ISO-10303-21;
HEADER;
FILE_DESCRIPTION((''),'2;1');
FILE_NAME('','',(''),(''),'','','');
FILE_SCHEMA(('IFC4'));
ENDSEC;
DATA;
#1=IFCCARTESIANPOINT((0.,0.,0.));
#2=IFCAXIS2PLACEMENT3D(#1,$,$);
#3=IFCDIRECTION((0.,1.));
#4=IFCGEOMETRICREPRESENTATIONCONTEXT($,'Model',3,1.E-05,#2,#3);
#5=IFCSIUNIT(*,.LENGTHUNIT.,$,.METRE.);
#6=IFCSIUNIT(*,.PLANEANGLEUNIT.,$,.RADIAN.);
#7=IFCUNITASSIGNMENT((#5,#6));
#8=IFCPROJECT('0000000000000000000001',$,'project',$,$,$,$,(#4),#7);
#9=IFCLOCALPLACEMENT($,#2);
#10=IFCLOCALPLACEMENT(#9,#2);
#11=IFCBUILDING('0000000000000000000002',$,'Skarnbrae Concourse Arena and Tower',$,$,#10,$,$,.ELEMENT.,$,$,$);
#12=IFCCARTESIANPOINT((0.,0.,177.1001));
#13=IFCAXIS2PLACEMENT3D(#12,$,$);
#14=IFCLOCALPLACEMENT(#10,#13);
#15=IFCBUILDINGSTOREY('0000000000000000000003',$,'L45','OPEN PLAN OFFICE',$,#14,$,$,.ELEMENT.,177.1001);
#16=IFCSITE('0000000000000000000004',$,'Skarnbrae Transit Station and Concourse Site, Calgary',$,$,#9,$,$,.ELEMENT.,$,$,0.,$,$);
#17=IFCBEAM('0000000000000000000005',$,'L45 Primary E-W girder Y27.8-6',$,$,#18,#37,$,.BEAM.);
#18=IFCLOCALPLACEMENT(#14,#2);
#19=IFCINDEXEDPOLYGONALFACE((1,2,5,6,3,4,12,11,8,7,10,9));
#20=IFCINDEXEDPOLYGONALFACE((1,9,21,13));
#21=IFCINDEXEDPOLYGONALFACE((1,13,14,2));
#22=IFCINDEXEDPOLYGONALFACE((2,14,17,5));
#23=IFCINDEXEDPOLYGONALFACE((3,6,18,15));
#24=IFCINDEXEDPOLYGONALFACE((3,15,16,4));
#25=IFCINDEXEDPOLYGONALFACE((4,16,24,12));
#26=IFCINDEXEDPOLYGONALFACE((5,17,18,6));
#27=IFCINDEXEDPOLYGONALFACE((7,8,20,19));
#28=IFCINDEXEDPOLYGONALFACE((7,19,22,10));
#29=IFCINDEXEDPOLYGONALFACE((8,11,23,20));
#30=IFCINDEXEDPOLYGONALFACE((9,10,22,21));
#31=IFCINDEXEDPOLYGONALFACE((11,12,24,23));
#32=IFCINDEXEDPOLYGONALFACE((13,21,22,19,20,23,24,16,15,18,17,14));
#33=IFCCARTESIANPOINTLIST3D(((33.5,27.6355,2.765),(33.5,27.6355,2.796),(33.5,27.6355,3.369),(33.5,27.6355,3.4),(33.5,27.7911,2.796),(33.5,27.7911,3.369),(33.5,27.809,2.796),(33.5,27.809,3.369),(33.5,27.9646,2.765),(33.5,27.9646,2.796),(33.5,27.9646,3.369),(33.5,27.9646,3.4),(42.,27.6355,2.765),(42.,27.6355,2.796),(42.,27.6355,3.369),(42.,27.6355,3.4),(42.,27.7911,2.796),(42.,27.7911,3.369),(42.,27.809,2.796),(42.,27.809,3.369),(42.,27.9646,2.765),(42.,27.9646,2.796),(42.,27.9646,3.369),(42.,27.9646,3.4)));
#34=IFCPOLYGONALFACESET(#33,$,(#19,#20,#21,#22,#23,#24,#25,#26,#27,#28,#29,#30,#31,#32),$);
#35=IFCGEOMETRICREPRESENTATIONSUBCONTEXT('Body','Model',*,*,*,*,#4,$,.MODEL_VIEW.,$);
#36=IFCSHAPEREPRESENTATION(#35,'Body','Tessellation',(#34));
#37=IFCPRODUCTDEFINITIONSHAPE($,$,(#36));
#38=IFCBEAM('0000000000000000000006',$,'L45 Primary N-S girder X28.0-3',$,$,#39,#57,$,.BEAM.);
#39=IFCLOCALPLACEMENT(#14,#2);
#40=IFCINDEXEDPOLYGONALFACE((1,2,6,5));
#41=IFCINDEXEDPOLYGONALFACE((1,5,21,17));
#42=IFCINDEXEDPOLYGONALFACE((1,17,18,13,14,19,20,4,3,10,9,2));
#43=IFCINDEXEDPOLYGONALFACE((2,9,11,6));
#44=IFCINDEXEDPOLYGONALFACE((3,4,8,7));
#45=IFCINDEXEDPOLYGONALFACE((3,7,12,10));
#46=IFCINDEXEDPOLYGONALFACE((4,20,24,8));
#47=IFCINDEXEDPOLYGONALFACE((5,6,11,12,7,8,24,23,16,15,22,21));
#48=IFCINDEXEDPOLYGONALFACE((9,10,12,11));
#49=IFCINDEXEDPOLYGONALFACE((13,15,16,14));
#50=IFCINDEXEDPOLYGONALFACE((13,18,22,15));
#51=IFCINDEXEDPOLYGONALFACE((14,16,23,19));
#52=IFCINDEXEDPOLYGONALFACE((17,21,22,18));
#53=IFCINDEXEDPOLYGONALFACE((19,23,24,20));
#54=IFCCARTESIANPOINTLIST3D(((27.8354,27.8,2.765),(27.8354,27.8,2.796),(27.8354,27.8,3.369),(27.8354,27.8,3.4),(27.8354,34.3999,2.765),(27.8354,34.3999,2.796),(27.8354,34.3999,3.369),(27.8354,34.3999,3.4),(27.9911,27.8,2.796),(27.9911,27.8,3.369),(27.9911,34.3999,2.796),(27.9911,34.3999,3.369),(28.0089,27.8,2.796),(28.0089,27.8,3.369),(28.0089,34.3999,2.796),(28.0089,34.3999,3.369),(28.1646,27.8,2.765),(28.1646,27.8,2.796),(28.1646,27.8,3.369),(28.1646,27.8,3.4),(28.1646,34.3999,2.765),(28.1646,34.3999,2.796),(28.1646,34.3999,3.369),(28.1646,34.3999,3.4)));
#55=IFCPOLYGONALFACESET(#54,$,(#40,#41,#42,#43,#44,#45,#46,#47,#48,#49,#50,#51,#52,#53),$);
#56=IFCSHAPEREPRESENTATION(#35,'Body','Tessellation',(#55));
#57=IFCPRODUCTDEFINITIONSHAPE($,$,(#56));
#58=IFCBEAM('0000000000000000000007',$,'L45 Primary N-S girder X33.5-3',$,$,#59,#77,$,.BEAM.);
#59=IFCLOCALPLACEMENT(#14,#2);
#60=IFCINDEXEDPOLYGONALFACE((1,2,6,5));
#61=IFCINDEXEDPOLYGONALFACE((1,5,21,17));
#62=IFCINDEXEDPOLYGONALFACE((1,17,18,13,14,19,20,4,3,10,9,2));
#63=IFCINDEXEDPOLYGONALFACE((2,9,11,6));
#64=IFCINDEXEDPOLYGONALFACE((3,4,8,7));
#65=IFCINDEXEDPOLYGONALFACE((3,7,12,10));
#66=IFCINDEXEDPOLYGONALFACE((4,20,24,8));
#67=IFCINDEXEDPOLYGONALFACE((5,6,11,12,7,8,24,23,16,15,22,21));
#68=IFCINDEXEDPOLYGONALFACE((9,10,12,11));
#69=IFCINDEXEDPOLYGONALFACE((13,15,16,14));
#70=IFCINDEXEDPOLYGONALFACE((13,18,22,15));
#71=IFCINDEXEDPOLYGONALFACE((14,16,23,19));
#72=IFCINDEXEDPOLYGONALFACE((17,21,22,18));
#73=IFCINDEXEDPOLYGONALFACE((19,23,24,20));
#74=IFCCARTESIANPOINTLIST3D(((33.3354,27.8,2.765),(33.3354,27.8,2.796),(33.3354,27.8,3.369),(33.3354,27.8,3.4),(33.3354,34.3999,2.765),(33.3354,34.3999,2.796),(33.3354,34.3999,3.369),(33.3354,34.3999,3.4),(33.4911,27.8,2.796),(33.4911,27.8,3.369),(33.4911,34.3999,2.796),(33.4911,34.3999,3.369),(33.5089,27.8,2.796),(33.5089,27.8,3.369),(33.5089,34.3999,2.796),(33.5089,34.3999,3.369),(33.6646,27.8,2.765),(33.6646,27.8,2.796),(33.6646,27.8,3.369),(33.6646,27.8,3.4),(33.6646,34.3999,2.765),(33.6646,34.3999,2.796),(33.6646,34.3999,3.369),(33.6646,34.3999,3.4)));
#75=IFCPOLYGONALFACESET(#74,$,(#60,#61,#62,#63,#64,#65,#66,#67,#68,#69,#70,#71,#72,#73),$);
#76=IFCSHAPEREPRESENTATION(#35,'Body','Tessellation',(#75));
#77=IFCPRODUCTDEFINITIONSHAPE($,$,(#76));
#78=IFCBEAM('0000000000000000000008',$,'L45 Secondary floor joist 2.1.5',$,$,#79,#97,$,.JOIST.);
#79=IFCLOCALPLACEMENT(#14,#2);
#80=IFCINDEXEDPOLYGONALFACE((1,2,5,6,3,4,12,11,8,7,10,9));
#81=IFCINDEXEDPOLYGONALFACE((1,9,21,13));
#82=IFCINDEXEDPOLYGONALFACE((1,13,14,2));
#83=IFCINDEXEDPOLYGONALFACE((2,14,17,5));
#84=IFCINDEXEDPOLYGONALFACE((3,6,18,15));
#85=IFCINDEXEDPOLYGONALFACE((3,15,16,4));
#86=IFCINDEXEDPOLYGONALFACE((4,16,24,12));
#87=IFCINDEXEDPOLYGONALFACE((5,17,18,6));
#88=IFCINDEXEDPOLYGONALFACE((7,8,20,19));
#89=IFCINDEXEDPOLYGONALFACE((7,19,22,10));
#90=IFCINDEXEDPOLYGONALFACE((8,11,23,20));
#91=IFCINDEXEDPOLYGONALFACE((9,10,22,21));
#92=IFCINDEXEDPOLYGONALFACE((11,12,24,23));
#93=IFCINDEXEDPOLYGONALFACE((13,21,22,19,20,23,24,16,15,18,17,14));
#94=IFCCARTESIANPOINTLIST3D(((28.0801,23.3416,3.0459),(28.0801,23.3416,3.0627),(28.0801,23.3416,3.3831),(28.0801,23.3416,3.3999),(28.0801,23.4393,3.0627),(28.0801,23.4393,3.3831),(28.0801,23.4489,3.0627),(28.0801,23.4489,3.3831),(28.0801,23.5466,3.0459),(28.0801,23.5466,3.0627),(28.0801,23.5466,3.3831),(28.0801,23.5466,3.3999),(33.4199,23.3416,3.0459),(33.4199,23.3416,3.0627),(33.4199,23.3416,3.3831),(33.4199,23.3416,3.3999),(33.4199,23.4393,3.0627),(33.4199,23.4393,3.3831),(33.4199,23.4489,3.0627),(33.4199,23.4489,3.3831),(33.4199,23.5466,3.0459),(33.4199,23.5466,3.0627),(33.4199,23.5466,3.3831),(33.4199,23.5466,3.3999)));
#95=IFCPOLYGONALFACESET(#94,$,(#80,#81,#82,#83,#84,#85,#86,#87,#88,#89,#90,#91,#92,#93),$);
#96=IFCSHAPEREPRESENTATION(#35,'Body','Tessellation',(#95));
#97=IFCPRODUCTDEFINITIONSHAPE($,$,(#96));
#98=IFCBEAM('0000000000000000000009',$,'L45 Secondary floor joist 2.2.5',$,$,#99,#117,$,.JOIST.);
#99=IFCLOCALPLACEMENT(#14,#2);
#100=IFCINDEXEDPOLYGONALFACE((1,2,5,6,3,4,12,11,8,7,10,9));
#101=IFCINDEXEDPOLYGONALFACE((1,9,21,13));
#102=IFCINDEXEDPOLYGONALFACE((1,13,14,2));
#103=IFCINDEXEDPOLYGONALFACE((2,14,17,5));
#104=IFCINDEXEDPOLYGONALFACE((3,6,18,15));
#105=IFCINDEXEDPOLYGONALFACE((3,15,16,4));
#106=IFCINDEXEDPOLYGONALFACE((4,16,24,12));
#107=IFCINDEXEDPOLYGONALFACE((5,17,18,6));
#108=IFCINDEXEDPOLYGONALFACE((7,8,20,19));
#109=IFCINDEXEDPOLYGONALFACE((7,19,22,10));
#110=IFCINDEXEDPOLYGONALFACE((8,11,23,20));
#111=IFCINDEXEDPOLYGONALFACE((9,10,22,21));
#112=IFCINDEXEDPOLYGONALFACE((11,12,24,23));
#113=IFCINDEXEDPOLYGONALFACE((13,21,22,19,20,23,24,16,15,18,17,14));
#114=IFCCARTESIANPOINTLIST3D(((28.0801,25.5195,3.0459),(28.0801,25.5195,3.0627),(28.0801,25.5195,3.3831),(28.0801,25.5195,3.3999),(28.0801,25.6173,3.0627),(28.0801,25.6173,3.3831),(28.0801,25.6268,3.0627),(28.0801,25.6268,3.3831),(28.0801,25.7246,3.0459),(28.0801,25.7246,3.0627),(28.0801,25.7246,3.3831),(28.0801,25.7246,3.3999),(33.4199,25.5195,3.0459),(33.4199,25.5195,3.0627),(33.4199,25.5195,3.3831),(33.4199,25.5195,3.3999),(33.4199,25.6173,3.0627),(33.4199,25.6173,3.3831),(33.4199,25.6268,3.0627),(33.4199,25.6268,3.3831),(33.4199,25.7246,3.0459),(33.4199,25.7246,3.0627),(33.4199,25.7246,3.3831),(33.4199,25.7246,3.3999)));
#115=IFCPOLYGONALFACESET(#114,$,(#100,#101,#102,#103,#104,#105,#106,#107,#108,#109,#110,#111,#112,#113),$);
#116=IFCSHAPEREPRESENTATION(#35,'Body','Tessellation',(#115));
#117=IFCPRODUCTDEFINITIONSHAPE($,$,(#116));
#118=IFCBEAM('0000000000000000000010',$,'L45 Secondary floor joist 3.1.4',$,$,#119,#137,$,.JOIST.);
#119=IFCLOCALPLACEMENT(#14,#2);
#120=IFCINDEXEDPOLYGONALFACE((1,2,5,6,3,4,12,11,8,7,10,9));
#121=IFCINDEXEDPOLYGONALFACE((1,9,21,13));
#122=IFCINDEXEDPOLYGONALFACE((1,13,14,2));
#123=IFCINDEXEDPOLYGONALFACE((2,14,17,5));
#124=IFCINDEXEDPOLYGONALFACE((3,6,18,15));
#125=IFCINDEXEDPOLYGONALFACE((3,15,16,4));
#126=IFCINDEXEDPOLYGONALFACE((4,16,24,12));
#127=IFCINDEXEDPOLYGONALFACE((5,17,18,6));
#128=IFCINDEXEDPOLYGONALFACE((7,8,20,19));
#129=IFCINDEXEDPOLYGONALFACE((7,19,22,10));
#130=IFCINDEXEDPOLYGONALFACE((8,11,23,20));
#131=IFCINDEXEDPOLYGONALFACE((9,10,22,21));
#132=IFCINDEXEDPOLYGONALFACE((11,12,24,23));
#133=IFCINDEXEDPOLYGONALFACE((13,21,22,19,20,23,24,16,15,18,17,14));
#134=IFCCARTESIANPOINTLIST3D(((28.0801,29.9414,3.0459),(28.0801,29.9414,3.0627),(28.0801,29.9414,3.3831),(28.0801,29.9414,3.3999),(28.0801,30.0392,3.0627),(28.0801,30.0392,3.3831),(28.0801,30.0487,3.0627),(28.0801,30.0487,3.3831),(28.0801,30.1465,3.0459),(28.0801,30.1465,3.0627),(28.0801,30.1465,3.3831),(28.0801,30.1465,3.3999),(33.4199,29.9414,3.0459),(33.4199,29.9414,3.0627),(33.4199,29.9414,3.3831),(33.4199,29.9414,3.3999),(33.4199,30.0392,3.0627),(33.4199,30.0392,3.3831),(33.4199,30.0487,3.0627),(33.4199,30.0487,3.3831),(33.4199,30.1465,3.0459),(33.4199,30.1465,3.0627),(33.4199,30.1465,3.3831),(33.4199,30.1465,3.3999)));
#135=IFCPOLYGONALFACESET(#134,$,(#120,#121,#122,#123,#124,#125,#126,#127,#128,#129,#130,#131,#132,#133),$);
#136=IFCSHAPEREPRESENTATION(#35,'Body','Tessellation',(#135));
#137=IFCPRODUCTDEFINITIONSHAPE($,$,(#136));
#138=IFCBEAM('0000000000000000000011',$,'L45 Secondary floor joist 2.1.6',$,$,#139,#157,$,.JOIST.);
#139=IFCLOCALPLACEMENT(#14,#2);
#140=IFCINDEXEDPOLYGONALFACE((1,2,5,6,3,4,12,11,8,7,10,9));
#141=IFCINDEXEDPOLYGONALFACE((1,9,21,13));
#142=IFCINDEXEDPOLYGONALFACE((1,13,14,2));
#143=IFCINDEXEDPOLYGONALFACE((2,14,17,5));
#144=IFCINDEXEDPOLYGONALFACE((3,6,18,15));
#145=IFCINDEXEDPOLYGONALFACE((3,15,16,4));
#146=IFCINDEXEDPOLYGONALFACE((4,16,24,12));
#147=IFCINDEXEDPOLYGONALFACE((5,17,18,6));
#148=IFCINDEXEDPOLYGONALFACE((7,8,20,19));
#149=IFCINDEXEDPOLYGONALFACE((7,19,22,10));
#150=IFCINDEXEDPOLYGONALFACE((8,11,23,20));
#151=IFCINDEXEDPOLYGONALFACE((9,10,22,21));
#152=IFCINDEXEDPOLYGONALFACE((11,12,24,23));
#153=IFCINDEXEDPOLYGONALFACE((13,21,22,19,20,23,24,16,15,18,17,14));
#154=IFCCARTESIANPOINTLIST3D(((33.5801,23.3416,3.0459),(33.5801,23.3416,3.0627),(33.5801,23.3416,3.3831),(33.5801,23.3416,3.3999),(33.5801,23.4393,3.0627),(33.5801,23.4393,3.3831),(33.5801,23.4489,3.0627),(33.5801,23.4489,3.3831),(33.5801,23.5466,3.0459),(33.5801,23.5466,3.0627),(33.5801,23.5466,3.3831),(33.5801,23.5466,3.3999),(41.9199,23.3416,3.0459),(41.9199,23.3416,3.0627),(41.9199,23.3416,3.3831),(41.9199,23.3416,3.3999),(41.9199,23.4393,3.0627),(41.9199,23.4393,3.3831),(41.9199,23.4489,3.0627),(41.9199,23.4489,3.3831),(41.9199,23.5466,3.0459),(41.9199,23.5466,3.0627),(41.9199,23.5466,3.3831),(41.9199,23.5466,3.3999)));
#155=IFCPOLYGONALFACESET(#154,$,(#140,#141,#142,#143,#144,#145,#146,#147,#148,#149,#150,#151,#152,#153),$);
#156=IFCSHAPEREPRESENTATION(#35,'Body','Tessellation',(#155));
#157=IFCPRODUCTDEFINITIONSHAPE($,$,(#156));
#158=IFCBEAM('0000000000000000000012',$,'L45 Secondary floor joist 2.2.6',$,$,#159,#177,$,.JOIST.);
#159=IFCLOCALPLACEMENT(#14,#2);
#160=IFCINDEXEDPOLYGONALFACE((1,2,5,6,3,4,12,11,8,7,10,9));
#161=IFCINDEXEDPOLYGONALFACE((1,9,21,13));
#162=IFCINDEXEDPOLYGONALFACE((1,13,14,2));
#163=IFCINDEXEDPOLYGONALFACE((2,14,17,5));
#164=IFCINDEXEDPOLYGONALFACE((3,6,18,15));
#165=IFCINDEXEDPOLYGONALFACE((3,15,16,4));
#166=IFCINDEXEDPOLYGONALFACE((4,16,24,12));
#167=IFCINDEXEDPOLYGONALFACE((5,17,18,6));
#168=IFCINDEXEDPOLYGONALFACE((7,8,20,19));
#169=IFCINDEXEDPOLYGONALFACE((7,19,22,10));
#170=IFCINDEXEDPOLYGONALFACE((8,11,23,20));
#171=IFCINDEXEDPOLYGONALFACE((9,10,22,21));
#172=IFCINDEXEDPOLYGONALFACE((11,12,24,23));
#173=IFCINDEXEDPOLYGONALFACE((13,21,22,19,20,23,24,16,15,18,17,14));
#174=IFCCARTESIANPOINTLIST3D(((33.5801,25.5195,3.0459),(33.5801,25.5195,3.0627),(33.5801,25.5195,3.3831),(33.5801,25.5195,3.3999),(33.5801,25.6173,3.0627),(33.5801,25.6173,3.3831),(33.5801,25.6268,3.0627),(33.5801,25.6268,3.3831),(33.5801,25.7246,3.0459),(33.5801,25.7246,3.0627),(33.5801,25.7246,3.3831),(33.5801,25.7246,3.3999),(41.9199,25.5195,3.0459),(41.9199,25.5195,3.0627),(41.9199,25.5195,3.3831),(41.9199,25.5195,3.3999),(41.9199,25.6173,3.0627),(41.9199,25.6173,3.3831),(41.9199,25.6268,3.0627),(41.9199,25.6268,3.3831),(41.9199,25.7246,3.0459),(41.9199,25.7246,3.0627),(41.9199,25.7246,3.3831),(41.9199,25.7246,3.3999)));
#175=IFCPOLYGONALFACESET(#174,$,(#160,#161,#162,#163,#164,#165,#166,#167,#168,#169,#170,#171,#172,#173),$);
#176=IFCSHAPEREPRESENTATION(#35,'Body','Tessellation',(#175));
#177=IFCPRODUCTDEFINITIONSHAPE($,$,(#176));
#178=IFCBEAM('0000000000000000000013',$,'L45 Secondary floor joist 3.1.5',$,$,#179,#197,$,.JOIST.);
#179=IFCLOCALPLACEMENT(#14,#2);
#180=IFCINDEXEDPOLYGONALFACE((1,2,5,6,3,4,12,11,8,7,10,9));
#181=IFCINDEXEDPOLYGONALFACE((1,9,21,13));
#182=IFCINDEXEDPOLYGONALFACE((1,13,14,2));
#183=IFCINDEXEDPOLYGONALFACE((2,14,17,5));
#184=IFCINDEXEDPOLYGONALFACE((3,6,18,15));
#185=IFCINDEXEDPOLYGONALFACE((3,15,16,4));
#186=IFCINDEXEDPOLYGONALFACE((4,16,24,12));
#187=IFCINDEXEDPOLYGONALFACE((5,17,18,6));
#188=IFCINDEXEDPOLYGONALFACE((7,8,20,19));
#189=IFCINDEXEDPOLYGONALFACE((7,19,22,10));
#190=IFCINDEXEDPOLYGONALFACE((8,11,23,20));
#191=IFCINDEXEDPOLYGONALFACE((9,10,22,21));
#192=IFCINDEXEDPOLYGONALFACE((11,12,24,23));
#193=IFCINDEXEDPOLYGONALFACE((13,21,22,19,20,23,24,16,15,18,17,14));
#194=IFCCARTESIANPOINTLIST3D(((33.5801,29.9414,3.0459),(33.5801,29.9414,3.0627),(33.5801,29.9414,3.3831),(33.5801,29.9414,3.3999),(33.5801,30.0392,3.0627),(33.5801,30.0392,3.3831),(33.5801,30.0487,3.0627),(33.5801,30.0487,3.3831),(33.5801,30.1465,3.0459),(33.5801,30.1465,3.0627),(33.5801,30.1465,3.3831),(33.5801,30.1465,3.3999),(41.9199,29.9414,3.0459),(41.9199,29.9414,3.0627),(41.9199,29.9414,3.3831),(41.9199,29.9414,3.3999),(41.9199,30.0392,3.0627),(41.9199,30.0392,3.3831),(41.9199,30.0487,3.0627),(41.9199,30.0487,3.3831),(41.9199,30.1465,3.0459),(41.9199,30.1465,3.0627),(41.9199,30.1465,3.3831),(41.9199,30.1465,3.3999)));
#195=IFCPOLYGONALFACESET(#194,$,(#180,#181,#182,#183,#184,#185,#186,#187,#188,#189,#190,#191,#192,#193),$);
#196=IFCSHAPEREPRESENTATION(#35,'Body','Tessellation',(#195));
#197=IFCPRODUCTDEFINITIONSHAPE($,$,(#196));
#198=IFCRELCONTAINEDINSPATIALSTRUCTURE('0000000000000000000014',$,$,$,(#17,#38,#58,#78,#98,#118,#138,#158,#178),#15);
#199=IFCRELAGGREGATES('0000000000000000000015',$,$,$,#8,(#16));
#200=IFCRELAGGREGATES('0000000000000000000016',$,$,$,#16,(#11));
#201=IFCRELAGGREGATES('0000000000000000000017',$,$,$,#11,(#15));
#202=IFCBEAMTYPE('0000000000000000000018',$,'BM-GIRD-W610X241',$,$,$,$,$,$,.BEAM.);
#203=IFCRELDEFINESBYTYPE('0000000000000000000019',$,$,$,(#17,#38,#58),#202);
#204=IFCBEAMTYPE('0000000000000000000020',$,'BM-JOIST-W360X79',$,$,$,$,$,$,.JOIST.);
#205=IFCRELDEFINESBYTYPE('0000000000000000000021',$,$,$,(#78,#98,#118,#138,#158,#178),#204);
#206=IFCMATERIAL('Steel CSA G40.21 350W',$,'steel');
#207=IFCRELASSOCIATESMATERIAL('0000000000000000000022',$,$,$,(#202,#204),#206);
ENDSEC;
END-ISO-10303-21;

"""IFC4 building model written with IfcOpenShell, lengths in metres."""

from ifc_helpers import new_model, si_unit, direction, frame, origin, origin_2d, place, context, subcontext, project, spatial, i_section, extrude, source, transform, mapped, material, material_profile, profile_set, type_object, element, save


model = new_model("IFC4")

# Units and contexts
model_context = context("Model", 3, precision=1e-05, world=origin(), true_north=direction((0.0, 1.0)))
body_context = subcontext(model_context, "Body", "Model", "MODEL_VIEW")
ifc_project = project(units=[si_unit("LENGTHUNIT", "METRE"), si_unit("PLANEANGLEUNIT", "RADIAN")], contexts=[model_context])

# Site, building, storey
site_placement = place(None, origin())
site = spatial("IfcSite", under=ifc_project, at=site_placement, Name="Skarnbrae Transit Station and Concourse Site, Calgary", CompositionType="ELEMENT", RefElevation=0.0)
building_placement = place(site_placement, origin())
building = spatial("IfcBuilding", under=site, at=building_placement, Name="Skarnbrae Concourse Arena and Tower", CompositionType="ELEMENT")
storey_placement = place(building_placement, frame((0.0, 0.0, 177.1001)))
storey = spatial("IfcBuildingStorey", under=building, at=storey_placement, Name="L45", Description="OPEN PLAN OFFICE", CompositionType="ELEMENT", Elevation=177.1001)

# Shared definitions
ifc_material_1 = material(Name="Steel CSA G40.21 350W", Category="steel")

# Beams
ifc_material_profile_1 = material_profile(ifc_material_1, i_section(OverallWidth=0.3291, OverallDepth=0.635, WebThickness=0.0178, FlangeThickness=0.031, at=origin_2d()), Name="W610X241")
ifc_profile_set_1 = profile_set([ifc_material_profile_1], Name="Steel CSA G40.21 350W")
beam_type_1 = type_object("IfcBeamType", Name="BM-GIRD-W610X241", PredefinedType="BEAM", material=ifc_profile_set_1)
shared_shape_1 = source(origin(), body_context, "Body", "SweptSolid", [
    extrude(i_section(OverallWidth=0.3291, OverallDepth=0.635, WebThickness=0.0178, FlangeThickness=0.031, at=origin_2d()), origin(), (0.0, 0.0, 1.0), 8.5),
])
for number, where, z_axis, x_axis, name in (
    (1, (33.5, 27.8, 3.0825), (1.0, 0.0, 0.0), (0.0, 1.0, 0.0), "L45 Primary E-W girder Y27.8-6"),
):
    element("IfcBeam", number, at=place(storey_placement, frame(where, z_axis=z_axis, x_axis=x_axis)), inside=storey, type_object=beam_type_1, Name=name, PredefinedType="BEAM", context=body_context, shape_type="MappedRepresentation", body=[
        mapped(shared_shape_1, transform((0.0, 0.0, 0.0))),
    ])
shared_shape_2 = source(origin(), body_context, "Body", "SweptSolid", [
    extrude(i_section(OverallWidth=0.3291, OverallDepth=0.635, WebThickness=0.0178, FlangeThickness=0.031, at=origin_2d()), origin(), (0.0, 0.0, 1.0), 6.5999),
])
for number, where, z_axis, x_axis, name in (
    (2, (28.0, 27.8, 3.0825), (0.0, 1.0, 0.0), (-1.0, 0.0, 0.0), "L45 Primary N-S girder X28.0-3"),
    (3, (33.5, 27.8, 3.0825), (0.0, 1.0, 0.0), (-1.0, 0.0, 0.0), "L45 Primary N-S girder X33.5-3"),
):
    element("IfcBeam", number, at=place(storey_placement, frame(where, z_axis=z_axis, x_axis=x_axis)), inside=storey, type_object=beam_type_1, Name=name, PredefinedType="BEAM", context=body_context, shape_type="MappedRepresentation", body=[
        mapped(shared_shape_2, transform((0.0, 0.0, 0.0))),
    ])
ifc_material_profile_2 = material_profile(ifc_material_1, i_section(OverallWidth=0.2051, OverallDepth=0.354, WebThickness=0.0095, FlangeThickness=0.0168, at=origin_2d()), Name="W360X79")
ifc_profile_set_2 = profile_set([ifc_material_profile_2], Name="Steel CSA G40.21 350W")
beam_type_2 = type_object("IfcBeamType", Name="BM-JOIST-W360X79", PredefinedType="JOIST", material=ifc_profile_set_2)
shared_shape_3 = source(origin(), body_context, "Body", "SweptSolid", [
    extrude(i_section(OverallWidth=0.2051, OverallDepth=0.354, WebThickness=0.0095, FlangeThickness=0.0168, at=origin_2d()), origin(), (0.0, 0.0, 1.0), 5.3398),
])
for number, where, z_axis, x_axis, name in (
    (4, (28.0801, 23.4441, 3.2229), (1.0, 0.0, 0.0), (0.0, 1.0, 0.0), "L45 Secondary floor joist 2.1.5"),
    (5, (28.0801, 25.6221, 3.2229), (1.0, 0.0, 0.0), (0.0, 1.0, 0.0), "L45 Secondary floor joist 2.2.5"),
    (6, (28.0801, 30.0439, 3.2229), (1.0, 0.0, 0.0), (0.0, 1.0, 0.0), "L45 Secondary floor joist 3.1.4"),
):
    element("IfcBeam", number, at=place(storey_placement, frame(where, z_axis=z_axis, x_axis=x_axis)), inside=storey, type_object=beam_type_2, Name=name, PredefinedType="JOIST", context=body_context, shape_type="MappedRepresentation", body=[
        mapped(shared_shape_3, transform((0.0, 0.0, 0.0))),
    ])
shared_shape_4 = source(origin(), body_context, "Body", "SweptSolid", [
    extrude(i_section(OverallWidth=0.2051, OverallDepth=0.354, WebThickness=0.0095, FlangeThickness=0.0168, at=origin_2d()), origin(), (0.0, 0.0, 1.0), 8.3398),
])
for number, where, z_axis, x_axis, name in (
    (7, (33.5801, 23.4441, 3.2229), (1.0, 0.0, 0.0), (0.0, 1.0, 0.0), "L45 Secondary floor joist 2.1.6"),
    (8, (33.5801, 25.6221, 3.2229), (1.0, 0.0, 0.0), (0.0, 1.0, 0.0), "L45 Secondary floor joist 2.2.6"),
    (9, (33.5801, 30.0439, 3.2229), (1.0, 0.0, 0.0), (0.0, 1.0, 0.0), "L45 Secondary floor joist 3.1.5"),
):
    element("IfcBeam", number, at=place(storey_placement, frame(where, z_axis=z_axis, x_axis=x_axis)), inside=storey, type_object=beam_type_2, Name=name, PredefinedType="JOIST", context=body_context, shape_type="MappedRepresentation", body=[
        mapped(shared_shape_4, transform((0.0, 0.0, 0.0))),
    ])

save(model, "model.ifc")
